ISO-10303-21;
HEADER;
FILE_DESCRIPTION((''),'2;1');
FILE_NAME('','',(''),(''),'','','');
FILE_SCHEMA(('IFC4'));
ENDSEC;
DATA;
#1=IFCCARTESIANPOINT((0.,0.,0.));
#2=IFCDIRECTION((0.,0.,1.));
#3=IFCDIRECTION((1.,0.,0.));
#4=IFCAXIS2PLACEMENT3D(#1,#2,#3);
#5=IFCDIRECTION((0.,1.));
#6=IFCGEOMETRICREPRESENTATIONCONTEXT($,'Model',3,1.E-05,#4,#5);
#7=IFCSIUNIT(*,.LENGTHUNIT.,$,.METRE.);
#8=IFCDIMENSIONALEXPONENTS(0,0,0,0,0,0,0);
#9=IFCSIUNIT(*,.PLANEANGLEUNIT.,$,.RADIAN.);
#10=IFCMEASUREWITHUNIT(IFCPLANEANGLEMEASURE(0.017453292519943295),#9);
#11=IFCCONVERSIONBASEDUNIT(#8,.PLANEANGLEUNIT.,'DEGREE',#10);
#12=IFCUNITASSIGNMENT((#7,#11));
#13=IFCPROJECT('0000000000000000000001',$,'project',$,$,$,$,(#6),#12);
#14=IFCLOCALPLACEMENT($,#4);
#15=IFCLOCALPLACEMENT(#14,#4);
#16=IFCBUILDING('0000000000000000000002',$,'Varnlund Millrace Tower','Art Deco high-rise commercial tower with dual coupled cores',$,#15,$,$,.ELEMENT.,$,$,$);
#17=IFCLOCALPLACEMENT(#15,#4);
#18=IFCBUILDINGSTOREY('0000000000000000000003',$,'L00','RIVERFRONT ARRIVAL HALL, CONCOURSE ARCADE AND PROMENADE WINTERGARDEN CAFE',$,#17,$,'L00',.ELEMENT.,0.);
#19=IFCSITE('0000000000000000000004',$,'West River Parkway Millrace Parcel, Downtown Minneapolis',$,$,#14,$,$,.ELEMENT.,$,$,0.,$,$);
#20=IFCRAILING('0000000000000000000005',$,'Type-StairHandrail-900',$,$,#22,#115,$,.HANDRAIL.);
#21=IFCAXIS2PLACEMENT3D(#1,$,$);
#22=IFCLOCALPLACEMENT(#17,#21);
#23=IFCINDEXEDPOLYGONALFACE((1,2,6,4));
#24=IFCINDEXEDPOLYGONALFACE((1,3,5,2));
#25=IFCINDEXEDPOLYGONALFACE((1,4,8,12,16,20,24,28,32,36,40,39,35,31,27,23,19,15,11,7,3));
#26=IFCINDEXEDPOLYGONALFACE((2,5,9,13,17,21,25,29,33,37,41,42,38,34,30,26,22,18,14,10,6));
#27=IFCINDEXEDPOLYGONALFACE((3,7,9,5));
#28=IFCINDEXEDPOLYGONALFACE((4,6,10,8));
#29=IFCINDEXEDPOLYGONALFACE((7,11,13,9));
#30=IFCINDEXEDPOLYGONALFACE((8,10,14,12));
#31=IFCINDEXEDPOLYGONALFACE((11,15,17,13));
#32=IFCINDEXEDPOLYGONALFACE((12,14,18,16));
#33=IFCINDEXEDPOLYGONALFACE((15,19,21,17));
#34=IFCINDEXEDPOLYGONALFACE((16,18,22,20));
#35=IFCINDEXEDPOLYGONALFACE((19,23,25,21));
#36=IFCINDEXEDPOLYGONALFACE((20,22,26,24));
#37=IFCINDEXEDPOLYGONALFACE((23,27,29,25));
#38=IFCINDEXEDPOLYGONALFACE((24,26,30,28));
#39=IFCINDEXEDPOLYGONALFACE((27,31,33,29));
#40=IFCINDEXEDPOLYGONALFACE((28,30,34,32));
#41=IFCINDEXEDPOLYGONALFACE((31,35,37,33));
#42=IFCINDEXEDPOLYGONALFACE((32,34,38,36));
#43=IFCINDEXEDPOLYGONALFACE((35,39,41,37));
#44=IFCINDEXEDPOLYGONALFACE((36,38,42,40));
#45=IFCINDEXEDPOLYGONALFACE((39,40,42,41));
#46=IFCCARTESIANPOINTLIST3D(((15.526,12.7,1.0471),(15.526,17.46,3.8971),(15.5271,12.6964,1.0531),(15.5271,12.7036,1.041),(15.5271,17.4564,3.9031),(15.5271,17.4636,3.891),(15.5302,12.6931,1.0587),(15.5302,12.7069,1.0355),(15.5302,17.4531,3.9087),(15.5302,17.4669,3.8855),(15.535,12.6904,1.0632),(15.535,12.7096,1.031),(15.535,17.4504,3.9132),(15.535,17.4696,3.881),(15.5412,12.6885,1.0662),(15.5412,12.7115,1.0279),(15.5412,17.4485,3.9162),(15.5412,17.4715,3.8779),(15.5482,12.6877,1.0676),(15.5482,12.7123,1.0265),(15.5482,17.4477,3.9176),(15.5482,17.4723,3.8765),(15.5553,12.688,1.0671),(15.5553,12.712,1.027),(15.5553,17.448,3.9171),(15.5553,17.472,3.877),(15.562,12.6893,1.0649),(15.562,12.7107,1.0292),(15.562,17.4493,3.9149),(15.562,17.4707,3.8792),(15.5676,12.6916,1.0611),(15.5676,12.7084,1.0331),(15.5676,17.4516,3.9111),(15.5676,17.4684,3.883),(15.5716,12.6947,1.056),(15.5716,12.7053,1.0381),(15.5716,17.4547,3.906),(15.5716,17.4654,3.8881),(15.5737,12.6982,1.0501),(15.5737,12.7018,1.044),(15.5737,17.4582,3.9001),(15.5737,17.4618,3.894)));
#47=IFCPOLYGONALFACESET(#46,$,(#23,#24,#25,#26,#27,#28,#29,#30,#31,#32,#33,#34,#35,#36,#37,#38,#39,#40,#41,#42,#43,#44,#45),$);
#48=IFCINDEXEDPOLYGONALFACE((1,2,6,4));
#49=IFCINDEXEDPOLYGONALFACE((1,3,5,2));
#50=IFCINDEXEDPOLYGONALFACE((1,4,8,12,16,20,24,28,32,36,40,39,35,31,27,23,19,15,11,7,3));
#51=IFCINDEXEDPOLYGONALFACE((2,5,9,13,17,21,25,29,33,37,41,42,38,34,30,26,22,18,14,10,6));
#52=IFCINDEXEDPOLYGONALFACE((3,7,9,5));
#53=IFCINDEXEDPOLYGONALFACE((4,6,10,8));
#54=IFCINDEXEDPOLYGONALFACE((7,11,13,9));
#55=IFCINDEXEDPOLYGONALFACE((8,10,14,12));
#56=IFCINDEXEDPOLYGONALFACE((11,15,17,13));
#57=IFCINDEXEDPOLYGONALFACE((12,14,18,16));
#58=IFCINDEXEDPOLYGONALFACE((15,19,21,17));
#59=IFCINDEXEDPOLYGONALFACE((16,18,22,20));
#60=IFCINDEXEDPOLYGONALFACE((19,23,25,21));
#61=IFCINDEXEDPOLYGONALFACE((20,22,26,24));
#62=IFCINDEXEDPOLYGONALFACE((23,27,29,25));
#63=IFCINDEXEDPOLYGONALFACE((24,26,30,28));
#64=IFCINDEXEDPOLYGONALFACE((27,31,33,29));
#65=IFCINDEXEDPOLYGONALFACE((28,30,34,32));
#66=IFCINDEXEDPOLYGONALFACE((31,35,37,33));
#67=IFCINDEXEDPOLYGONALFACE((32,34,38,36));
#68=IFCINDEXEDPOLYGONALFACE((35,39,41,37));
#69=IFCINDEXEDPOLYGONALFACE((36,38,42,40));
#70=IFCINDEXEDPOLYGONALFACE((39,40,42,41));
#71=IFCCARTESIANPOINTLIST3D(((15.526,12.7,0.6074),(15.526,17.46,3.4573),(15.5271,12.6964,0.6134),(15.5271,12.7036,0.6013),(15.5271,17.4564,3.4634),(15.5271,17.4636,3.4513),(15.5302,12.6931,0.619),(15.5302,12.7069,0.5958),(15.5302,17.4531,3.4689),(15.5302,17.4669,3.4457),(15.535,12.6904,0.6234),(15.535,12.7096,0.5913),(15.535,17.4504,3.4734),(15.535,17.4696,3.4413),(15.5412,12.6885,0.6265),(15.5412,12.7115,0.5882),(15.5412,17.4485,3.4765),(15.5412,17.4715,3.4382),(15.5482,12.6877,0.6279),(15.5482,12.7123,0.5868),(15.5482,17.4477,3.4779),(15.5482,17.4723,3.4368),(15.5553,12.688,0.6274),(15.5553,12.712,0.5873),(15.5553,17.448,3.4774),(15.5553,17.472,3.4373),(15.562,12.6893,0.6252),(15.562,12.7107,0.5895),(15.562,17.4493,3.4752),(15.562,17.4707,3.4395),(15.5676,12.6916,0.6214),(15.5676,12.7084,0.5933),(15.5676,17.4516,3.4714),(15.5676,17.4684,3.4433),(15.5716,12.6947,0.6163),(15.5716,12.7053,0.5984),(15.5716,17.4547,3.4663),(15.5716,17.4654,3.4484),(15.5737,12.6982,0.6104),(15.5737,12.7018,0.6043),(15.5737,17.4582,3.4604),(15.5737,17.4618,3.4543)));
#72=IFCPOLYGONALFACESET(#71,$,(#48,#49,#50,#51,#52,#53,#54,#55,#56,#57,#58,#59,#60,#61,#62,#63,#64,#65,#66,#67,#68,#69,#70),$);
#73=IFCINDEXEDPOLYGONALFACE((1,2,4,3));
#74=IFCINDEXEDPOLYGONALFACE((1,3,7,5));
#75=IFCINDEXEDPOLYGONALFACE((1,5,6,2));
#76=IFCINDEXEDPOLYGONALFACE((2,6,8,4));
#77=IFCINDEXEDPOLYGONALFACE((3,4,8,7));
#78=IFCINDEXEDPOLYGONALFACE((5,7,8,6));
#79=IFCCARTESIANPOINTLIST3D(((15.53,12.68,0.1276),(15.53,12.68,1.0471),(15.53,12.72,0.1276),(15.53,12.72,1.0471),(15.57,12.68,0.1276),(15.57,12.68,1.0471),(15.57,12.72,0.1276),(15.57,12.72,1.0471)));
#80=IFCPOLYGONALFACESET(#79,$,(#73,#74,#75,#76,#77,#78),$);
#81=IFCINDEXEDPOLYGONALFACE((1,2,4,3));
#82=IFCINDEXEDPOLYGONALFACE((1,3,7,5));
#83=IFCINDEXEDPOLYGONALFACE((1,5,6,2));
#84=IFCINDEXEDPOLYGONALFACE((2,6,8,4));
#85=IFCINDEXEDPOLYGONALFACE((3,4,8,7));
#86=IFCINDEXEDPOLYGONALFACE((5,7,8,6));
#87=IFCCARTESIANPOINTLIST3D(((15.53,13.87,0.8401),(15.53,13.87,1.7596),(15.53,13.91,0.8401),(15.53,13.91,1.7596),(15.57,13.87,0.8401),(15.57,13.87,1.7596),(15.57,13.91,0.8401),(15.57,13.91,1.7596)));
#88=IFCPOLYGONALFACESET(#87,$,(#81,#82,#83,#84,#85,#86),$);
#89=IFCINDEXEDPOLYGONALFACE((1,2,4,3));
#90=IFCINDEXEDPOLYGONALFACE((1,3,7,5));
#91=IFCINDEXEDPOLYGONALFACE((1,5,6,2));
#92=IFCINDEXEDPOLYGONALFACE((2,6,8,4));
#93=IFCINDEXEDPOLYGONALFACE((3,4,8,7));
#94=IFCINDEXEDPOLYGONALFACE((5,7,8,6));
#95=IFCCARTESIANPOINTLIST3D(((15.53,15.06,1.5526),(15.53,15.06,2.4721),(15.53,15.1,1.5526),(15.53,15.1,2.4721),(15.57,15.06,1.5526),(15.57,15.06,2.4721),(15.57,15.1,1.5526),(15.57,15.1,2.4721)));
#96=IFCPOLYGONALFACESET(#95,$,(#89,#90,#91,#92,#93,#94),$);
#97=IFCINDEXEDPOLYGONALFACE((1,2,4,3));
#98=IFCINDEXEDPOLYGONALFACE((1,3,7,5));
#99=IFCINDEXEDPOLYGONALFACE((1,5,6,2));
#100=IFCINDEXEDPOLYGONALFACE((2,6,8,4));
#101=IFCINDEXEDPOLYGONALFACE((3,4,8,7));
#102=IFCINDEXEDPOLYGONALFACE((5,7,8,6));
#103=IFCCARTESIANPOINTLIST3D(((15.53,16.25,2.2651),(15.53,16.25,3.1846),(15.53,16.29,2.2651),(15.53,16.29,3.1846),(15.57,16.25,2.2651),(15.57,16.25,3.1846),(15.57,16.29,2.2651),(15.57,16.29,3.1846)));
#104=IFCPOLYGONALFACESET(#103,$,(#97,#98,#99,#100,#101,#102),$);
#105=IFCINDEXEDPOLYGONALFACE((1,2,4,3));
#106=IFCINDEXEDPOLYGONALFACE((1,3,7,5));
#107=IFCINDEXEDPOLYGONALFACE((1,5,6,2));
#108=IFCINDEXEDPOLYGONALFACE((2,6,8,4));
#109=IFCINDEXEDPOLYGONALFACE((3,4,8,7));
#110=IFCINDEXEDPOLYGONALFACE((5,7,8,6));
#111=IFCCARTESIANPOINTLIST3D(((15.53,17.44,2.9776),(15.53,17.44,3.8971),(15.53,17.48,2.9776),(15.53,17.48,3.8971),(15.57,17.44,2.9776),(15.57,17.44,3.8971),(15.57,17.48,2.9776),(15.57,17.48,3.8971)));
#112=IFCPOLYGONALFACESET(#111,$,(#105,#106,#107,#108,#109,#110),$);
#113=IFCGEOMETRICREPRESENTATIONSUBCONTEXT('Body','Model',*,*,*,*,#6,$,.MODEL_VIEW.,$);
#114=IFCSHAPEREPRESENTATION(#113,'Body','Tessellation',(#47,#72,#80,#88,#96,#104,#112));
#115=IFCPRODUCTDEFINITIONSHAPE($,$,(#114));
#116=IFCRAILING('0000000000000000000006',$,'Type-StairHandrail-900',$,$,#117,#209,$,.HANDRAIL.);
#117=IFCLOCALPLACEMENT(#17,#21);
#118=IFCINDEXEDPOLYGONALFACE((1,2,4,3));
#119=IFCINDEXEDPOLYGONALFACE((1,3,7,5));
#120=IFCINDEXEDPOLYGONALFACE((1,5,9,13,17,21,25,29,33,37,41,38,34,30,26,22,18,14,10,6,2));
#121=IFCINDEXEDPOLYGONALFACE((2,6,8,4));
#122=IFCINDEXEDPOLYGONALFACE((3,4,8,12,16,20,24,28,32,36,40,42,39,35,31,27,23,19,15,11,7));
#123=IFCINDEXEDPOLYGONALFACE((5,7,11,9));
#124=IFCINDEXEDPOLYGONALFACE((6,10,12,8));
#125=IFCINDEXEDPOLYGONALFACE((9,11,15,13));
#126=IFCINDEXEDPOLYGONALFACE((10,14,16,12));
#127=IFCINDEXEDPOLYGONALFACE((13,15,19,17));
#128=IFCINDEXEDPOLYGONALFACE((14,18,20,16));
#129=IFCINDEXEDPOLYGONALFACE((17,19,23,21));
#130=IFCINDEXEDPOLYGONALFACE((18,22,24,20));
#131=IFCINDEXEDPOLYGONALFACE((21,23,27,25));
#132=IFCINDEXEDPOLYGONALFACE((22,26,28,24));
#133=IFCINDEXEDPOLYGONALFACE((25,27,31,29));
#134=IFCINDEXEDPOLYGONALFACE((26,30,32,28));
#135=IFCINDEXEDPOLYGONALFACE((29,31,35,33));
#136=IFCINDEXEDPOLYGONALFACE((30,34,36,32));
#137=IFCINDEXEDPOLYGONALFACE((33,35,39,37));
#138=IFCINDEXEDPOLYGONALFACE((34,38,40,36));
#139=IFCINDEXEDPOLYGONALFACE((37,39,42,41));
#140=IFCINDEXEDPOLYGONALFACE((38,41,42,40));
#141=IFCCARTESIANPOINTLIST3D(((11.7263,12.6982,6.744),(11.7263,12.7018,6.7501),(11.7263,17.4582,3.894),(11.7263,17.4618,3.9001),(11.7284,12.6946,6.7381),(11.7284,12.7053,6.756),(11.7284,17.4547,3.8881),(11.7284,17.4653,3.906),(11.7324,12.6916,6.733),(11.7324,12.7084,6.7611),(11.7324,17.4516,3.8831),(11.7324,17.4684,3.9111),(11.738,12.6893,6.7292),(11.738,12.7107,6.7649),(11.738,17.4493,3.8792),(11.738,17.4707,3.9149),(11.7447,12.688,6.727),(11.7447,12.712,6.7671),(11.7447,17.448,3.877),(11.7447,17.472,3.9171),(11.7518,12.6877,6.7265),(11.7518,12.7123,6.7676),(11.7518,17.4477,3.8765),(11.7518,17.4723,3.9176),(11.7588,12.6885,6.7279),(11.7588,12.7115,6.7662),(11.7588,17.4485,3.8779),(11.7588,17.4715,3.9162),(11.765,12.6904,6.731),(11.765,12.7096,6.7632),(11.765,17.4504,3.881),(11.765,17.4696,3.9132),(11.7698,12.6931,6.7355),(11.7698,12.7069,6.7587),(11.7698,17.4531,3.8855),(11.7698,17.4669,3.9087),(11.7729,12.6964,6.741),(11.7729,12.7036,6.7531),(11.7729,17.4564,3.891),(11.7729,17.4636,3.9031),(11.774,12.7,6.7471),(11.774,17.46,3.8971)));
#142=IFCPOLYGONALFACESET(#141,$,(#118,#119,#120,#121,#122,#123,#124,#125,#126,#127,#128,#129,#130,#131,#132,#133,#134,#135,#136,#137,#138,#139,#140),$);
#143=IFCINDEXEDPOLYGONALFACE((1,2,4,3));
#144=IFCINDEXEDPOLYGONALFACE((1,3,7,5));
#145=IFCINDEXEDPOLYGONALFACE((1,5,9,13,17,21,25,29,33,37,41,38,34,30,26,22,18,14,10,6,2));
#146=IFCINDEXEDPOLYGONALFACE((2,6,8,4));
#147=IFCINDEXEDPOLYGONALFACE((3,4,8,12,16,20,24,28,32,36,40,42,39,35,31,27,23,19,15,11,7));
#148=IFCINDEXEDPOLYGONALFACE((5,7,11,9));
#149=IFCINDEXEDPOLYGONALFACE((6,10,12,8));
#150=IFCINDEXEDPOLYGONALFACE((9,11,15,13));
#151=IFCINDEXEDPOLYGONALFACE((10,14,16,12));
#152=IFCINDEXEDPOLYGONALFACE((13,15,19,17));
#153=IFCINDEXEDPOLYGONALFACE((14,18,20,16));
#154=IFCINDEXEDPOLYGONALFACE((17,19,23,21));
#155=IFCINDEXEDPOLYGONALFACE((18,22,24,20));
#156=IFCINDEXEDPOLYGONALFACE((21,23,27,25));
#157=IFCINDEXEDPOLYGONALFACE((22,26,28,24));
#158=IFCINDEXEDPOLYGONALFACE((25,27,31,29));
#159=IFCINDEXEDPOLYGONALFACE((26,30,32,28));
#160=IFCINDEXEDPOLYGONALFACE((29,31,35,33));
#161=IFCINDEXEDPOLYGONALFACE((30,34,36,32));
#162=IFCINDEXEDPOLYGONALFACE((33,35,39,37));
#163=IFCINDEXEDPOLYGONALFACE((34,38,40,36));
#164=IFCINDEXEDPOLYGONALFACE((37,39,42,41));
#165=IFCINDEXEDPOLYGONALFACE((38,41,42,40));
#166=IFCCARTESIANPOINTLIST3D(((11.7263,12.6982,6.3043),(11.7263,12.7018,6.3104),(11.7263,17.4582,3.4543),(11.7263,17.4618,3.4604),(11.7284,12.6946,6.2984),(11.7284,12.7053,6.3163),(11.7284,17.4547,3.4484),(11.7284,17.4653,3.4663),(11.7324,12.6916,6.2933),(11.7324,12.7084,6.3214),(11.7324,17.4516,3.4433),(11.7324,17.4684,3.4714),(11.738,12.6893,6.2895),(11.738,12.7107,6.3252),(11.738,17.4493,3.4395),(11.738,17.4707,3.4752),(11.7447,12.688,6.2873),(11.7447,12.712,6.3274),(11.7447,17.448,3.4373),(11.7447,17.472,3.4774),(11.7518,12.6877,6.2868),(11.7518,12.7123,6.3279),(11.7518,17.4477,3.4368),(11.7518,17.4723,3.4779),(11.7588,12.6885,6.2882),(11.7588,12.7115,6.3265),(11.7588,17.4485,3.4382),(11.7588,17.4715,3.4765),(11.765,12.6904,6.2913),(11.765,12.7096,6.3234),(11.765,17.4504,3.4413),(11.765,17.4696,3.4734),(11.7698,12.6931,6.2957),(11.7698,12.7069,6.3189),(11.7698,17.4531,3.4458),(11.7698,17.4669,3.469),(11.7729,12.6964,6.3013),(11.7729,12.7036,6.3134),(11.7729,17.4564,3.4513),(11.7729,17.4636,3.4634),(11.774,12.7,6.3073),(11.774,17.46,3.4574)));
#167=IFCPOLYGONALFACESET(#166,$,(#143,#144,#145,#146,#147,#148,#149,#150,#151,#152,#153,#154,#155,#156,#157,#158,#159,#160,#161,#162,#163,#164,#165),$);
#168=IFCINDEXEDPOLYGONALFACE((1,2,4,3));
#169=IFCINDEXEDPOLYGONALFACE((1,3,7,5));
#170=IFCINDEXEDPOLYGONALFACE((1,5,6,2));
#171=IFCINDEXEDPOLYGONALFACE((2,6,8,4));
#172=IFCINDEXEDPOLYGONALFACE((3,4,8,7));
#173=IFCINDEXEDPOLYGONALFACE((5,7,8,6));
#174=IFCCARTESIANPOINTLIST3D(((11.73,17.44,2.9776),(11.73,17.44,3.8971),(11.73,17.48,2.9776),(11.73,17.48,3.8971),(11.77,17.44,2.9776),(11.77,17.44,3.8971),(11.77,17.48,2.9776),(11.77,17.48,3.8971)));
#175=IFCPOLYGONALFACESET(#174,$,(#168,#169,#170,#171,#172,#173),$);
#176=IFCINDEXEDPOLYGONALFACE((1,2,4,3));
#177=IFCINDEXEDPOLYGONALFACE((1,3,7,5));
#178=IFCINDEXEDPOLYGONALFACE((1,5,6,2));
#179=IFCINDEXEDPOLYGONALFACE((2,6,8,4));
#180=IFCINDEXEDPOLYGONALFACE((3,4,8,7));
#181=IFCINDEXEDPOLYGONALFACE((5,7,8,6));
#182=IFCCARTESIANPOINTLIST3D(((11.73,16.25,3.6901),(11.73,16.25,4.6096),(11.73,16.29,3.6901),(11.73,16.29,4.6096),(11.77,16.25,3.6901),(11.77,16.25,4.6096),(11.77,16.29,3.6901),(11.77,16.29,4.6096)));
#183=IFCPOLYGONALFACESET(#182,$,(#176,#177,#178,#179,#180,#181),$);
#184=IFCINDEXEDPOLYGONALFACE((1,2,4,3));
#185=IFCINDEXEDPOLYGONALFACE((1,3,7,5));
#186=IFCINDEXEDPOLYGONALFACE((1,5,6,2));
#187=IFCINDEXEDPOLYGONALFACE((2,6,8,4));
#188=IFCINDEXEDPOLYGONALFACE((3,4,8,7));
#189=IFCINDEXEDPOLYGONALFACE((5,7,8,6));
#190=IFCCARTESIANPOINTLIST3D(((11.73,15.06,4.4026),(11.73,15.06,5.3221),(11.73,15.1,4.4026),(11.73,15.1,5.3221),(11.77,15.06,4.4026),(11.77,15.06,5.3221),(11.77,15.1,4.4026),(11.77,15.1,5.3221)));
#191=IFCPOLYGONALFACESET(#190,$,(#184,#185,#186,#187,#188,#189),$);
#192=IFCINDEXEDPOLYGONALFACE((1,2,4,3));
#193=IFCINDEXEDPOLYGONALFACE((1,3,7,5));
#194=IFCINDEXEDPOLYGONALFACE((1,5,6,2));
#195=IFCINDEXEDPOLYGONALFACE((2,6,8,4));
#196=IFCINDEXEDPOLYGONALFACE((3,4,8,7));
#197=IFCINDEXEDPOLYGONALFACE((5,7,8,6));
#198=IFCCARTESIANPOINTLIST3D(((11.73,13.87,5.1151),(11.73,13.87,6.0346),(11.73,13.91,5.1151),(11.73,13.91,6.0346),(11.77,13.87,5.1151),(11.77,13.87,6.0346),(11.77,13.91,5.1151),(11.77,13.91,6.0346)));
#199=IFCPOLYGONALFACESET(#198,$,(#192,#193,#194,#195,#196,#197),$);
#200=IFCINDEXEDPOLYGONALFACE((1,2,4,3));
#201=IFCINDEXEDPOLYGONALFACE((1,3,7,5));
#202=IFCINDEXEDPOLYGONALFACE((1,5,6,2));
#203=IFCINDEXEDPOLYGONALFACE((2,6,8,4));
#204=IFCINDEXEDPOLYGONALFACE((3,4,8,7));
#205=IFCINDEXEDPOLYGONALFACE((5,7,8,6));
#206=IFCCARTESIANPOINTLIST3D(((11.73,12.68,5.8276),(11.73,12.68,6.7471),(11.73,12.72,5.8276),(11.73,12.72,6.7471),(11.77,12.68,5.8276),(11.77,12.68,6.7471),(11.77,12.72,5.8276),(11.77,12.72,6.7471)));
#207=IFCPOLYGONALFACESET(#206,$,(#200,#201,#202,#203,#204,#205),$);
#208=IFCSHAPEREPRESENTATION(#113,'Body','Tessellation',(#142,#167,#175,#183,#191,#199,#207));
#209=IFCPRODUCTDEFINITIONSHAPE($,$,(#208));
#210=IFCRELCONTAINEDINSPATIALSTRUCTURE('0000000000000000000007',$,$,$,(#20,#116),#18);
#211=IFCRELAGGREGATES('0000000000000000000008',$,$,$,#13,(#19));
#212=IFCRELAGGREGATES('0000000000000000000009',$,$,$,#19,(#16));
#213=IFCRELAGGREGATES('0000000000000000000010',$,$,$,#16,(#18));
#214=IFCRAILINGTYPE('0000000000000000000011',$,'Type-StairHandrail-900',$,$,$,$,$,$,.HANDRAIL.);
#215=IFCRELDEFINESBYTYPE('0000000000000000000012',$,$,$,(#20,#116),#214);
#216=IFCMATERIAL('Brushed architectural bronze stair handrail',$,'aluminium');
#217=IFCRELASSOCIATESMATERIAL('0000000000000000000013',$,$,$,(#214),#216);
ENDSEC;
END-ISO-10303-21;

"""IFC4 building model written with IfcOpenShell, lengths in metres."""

from ifc_helpers import new_model, entity, si_unit, converted_unit, direction, frame, origin_with_axes, origin_2d_with_axis, place, context, subcontext, project, spatial, rectangle, circle, extrude, material, type_object, element, save


model = new_model("IFC4")

# Units and contexts
model_context = context("Model", 3, precision=1e-05, world=origin_with_axes(), true_north=direction((0.0, 1.0)))
body_context = subcontext(model_context, "Body", "Model", "MODEL_VIEW")
ifc_project = project(units=[si_unit("LENGTHUNIT", "METRE"), converted_unit("PLANEANGLEUNIT", "DEGREE", entity("IfcPlaneAngleMeasure", 0.017453292519943295), si_unit("PLANEANGLEUNIT", "RADIAN"), dimensions=[0, 0, 0, 0, 0, 0, 0])], contexts=[model_context])

# Site, building, storey
site_placement = place(None, origin_with_axes())
site = spatial("IfcSite", under=ifc_project, at=site_placement, Name="West River Parkway Millrace Parcel, Downtown Minneapolis", CompositionType="ELEMENT", RefElevation=0.0)
building_placement = place(site_placement, origin_with_axes())
building = spatial("IfcBuilding", under=site, at=building_placement, Name="Varnlund Millrace Tower", Description="Art Deco high-rise commercial tower with dual coupled cores", CompositionType="ELEMENT")
storey_placement = place(building_placement, origin_with_axes())
storey = spatial("IfcBuildingStorey", under=building, at=storey_placement, Name="L00", Description="RIVERFRONT ARRIVAL HALL, CONCOURSE ARCADE AND PROMENADE WINTERGARDEN CAFE", LongName="L00", CompositionType="ELEMENT", Elevation=0.0)

# Railings
ifc_material_1 = material(Name="Brushed architectural bronze stair handrail", Category="aluminium")
railing_type_1 = type_object("IfcRailingType", Name="Type-StairHandrail-900", PredefinedType="HANDRAIL", material=ifc_material_1)
railing_1_placement = place(storey_placement, origin_with_axes())
element("IfcRailing", 1, at=railing_1_placement, inside=storey, type_object=railing_type_1, Name="Type-StairHandrail-900", PredefinedType="HANDRAIL", context=body_context, shape_type="SweptSolid", body=[
    extrude(circle(Radius=0.024, at=origin_2d_with_axis()), frame((15.55, 12.7, 1.0471), z_axis=(0.0, 0.85797, 0.5137), x_axis=(-1.0, 0.0, 0.0)), (0.0, 0.0, 1.0), 5.548),
    extrude(circle(Radius=0.024, at=origin_2d_with_axis()), frame((15.55, 12.7, 0.6074), z_axis=(0.0, 0.85797, 0.5137), x_axis=(-1.0, 0.0, 0.0)), (0.0, 0.0, 1.0), 5.548),
    extrude(rectangle(XDim=0.04, YDim=0.04, at=origin_2d_with_axis()), frame((15.55, 12.7, 0.1276), z_axis=(0.0, 0.0, 1.0), x_axis=(1.0, 0.0, 0.0)), (0.0, 0.0, 1.0), 0.9194),
    extrude(rectangle(XDim=0.04, YDim=0.04, at=origin_2d_with_axis()), frame((15.55, 13.89, 0.8401), z_axis=(0.0, 0.0, 1.0), x_axis=(1.0, 0.0, 0.0)), (0.0, 0.0, 1.0), 0.9194),
    extrude(rectangle(XDim=0.04, YDim=0.04, at=origin_2d_with_axis()), frame((15.55, 15.08, 1.5526), z_axis=(0.0, 0.0, 1.0), x_axis=(1.0, 0.0, 0.0)), (0.0, 0.0, 1.0), 0.9194),
    extrude(rectangle(XDim=0.04, YDim=0.04, at=origin_2d_with_axis()), frame((15.55, 16.27, 2.2651), z_axis=(0.0, 0.0, 1.0), x_axis=(1.0, 0.0, 0.0)), (0.0, 0.0, 1.0), 0.9194),
    extrude(rectangle(XDim=0.04, YDim=0.04, at=origin_2d_with_axis()), frame((15.55, 17.46, 2.9776), z_axis=(0.0, 0.0, 1.0), x_axis=(1.0, 0.0, 0.0)), (0.0, 0.0, 1.0), 0.9194),
])
railing_2_placement = place(storey_placement, origin_with_axes())
element("IfcRailing", 2, at=railing_2_placement, inside=storey, type_object=railing_type_1, Name="Type-StairHandrail-900", PredefinedType="HANDRAIL", context=body_context, shape_type="SweptSolid", body=[
    extrude(circle(Radius=0.024, at=origin_2d_with_axis()), frame((11.75, 17.46, 3.8971), z_axis=(0.0, -0.85797, 0.5137), x_axis=(1.0, 0.0, 0.0)), (0.0, 0.0, 1.0), 5.548),
    extrude(circle(Radius=0.024, at=origin_2d_with_axis()), frame((11.75, 17.46, 3.4574), z_axis=(0.0, -0.85797, 0.5137), x_axis=(1.0, 0.0, 0.0)), (0.0, 0.0, 1.0), 5.548),
    extrude(rectangle(XDim=0.04, YDim=0.04, at=origin_2d_with_axis()), frame((11.75, 17.46, 2.9776), z_axis=(0.0, 0.0, 1.0), x_axis=(1.0, 0.0, 0.0)), (0.0, 0.0, 1.0), 0.9194),
    extrude(rectangle(XDim=0.04, YDim=0.04, at=origin_2d_with_axis()), frame((11.75, 16.27, 3.6901), z_axis=(0.0, 0.0, 1.0), x_axis=(1.0, 0.0, 0.0)), (0.0, 0.0, 1.0), 0.9194),
    extrude(rectangle(XDim=0.04, YDim=0.04, at=origin_2d_with_axis()), frame((11.75, 15.08, 4.4026), z_axis=(0.0, 0.0, 1.0), x_axis=(1.0, 0.0, 0.0)), (0.0, 0.0, 1.0), 0.9194),
    extrude(rectangle(XDim=0.04, YDim=0.04, at=origin_2d_with_axis()), frame((11.75, 13.89, 5.1151), z_axis=(0.0, 0.0, 1.0), x_axis=(1.0, 0.0, 0.0)), (0.0, 0.0, 1.0), 0.9194),
    extrude(rectangle(XDim=0.04, YDim=0.04, at=origin_2d_with_axis()), frame((11.75, 12.7, 5.8276), z_axis=(0.0, 0.0, 1.0), x_axis=(1.0, 0.0, 0.0)), (0.0, 0.0, 1.0), 0.9194),
])

save(model, "model.ifc")
